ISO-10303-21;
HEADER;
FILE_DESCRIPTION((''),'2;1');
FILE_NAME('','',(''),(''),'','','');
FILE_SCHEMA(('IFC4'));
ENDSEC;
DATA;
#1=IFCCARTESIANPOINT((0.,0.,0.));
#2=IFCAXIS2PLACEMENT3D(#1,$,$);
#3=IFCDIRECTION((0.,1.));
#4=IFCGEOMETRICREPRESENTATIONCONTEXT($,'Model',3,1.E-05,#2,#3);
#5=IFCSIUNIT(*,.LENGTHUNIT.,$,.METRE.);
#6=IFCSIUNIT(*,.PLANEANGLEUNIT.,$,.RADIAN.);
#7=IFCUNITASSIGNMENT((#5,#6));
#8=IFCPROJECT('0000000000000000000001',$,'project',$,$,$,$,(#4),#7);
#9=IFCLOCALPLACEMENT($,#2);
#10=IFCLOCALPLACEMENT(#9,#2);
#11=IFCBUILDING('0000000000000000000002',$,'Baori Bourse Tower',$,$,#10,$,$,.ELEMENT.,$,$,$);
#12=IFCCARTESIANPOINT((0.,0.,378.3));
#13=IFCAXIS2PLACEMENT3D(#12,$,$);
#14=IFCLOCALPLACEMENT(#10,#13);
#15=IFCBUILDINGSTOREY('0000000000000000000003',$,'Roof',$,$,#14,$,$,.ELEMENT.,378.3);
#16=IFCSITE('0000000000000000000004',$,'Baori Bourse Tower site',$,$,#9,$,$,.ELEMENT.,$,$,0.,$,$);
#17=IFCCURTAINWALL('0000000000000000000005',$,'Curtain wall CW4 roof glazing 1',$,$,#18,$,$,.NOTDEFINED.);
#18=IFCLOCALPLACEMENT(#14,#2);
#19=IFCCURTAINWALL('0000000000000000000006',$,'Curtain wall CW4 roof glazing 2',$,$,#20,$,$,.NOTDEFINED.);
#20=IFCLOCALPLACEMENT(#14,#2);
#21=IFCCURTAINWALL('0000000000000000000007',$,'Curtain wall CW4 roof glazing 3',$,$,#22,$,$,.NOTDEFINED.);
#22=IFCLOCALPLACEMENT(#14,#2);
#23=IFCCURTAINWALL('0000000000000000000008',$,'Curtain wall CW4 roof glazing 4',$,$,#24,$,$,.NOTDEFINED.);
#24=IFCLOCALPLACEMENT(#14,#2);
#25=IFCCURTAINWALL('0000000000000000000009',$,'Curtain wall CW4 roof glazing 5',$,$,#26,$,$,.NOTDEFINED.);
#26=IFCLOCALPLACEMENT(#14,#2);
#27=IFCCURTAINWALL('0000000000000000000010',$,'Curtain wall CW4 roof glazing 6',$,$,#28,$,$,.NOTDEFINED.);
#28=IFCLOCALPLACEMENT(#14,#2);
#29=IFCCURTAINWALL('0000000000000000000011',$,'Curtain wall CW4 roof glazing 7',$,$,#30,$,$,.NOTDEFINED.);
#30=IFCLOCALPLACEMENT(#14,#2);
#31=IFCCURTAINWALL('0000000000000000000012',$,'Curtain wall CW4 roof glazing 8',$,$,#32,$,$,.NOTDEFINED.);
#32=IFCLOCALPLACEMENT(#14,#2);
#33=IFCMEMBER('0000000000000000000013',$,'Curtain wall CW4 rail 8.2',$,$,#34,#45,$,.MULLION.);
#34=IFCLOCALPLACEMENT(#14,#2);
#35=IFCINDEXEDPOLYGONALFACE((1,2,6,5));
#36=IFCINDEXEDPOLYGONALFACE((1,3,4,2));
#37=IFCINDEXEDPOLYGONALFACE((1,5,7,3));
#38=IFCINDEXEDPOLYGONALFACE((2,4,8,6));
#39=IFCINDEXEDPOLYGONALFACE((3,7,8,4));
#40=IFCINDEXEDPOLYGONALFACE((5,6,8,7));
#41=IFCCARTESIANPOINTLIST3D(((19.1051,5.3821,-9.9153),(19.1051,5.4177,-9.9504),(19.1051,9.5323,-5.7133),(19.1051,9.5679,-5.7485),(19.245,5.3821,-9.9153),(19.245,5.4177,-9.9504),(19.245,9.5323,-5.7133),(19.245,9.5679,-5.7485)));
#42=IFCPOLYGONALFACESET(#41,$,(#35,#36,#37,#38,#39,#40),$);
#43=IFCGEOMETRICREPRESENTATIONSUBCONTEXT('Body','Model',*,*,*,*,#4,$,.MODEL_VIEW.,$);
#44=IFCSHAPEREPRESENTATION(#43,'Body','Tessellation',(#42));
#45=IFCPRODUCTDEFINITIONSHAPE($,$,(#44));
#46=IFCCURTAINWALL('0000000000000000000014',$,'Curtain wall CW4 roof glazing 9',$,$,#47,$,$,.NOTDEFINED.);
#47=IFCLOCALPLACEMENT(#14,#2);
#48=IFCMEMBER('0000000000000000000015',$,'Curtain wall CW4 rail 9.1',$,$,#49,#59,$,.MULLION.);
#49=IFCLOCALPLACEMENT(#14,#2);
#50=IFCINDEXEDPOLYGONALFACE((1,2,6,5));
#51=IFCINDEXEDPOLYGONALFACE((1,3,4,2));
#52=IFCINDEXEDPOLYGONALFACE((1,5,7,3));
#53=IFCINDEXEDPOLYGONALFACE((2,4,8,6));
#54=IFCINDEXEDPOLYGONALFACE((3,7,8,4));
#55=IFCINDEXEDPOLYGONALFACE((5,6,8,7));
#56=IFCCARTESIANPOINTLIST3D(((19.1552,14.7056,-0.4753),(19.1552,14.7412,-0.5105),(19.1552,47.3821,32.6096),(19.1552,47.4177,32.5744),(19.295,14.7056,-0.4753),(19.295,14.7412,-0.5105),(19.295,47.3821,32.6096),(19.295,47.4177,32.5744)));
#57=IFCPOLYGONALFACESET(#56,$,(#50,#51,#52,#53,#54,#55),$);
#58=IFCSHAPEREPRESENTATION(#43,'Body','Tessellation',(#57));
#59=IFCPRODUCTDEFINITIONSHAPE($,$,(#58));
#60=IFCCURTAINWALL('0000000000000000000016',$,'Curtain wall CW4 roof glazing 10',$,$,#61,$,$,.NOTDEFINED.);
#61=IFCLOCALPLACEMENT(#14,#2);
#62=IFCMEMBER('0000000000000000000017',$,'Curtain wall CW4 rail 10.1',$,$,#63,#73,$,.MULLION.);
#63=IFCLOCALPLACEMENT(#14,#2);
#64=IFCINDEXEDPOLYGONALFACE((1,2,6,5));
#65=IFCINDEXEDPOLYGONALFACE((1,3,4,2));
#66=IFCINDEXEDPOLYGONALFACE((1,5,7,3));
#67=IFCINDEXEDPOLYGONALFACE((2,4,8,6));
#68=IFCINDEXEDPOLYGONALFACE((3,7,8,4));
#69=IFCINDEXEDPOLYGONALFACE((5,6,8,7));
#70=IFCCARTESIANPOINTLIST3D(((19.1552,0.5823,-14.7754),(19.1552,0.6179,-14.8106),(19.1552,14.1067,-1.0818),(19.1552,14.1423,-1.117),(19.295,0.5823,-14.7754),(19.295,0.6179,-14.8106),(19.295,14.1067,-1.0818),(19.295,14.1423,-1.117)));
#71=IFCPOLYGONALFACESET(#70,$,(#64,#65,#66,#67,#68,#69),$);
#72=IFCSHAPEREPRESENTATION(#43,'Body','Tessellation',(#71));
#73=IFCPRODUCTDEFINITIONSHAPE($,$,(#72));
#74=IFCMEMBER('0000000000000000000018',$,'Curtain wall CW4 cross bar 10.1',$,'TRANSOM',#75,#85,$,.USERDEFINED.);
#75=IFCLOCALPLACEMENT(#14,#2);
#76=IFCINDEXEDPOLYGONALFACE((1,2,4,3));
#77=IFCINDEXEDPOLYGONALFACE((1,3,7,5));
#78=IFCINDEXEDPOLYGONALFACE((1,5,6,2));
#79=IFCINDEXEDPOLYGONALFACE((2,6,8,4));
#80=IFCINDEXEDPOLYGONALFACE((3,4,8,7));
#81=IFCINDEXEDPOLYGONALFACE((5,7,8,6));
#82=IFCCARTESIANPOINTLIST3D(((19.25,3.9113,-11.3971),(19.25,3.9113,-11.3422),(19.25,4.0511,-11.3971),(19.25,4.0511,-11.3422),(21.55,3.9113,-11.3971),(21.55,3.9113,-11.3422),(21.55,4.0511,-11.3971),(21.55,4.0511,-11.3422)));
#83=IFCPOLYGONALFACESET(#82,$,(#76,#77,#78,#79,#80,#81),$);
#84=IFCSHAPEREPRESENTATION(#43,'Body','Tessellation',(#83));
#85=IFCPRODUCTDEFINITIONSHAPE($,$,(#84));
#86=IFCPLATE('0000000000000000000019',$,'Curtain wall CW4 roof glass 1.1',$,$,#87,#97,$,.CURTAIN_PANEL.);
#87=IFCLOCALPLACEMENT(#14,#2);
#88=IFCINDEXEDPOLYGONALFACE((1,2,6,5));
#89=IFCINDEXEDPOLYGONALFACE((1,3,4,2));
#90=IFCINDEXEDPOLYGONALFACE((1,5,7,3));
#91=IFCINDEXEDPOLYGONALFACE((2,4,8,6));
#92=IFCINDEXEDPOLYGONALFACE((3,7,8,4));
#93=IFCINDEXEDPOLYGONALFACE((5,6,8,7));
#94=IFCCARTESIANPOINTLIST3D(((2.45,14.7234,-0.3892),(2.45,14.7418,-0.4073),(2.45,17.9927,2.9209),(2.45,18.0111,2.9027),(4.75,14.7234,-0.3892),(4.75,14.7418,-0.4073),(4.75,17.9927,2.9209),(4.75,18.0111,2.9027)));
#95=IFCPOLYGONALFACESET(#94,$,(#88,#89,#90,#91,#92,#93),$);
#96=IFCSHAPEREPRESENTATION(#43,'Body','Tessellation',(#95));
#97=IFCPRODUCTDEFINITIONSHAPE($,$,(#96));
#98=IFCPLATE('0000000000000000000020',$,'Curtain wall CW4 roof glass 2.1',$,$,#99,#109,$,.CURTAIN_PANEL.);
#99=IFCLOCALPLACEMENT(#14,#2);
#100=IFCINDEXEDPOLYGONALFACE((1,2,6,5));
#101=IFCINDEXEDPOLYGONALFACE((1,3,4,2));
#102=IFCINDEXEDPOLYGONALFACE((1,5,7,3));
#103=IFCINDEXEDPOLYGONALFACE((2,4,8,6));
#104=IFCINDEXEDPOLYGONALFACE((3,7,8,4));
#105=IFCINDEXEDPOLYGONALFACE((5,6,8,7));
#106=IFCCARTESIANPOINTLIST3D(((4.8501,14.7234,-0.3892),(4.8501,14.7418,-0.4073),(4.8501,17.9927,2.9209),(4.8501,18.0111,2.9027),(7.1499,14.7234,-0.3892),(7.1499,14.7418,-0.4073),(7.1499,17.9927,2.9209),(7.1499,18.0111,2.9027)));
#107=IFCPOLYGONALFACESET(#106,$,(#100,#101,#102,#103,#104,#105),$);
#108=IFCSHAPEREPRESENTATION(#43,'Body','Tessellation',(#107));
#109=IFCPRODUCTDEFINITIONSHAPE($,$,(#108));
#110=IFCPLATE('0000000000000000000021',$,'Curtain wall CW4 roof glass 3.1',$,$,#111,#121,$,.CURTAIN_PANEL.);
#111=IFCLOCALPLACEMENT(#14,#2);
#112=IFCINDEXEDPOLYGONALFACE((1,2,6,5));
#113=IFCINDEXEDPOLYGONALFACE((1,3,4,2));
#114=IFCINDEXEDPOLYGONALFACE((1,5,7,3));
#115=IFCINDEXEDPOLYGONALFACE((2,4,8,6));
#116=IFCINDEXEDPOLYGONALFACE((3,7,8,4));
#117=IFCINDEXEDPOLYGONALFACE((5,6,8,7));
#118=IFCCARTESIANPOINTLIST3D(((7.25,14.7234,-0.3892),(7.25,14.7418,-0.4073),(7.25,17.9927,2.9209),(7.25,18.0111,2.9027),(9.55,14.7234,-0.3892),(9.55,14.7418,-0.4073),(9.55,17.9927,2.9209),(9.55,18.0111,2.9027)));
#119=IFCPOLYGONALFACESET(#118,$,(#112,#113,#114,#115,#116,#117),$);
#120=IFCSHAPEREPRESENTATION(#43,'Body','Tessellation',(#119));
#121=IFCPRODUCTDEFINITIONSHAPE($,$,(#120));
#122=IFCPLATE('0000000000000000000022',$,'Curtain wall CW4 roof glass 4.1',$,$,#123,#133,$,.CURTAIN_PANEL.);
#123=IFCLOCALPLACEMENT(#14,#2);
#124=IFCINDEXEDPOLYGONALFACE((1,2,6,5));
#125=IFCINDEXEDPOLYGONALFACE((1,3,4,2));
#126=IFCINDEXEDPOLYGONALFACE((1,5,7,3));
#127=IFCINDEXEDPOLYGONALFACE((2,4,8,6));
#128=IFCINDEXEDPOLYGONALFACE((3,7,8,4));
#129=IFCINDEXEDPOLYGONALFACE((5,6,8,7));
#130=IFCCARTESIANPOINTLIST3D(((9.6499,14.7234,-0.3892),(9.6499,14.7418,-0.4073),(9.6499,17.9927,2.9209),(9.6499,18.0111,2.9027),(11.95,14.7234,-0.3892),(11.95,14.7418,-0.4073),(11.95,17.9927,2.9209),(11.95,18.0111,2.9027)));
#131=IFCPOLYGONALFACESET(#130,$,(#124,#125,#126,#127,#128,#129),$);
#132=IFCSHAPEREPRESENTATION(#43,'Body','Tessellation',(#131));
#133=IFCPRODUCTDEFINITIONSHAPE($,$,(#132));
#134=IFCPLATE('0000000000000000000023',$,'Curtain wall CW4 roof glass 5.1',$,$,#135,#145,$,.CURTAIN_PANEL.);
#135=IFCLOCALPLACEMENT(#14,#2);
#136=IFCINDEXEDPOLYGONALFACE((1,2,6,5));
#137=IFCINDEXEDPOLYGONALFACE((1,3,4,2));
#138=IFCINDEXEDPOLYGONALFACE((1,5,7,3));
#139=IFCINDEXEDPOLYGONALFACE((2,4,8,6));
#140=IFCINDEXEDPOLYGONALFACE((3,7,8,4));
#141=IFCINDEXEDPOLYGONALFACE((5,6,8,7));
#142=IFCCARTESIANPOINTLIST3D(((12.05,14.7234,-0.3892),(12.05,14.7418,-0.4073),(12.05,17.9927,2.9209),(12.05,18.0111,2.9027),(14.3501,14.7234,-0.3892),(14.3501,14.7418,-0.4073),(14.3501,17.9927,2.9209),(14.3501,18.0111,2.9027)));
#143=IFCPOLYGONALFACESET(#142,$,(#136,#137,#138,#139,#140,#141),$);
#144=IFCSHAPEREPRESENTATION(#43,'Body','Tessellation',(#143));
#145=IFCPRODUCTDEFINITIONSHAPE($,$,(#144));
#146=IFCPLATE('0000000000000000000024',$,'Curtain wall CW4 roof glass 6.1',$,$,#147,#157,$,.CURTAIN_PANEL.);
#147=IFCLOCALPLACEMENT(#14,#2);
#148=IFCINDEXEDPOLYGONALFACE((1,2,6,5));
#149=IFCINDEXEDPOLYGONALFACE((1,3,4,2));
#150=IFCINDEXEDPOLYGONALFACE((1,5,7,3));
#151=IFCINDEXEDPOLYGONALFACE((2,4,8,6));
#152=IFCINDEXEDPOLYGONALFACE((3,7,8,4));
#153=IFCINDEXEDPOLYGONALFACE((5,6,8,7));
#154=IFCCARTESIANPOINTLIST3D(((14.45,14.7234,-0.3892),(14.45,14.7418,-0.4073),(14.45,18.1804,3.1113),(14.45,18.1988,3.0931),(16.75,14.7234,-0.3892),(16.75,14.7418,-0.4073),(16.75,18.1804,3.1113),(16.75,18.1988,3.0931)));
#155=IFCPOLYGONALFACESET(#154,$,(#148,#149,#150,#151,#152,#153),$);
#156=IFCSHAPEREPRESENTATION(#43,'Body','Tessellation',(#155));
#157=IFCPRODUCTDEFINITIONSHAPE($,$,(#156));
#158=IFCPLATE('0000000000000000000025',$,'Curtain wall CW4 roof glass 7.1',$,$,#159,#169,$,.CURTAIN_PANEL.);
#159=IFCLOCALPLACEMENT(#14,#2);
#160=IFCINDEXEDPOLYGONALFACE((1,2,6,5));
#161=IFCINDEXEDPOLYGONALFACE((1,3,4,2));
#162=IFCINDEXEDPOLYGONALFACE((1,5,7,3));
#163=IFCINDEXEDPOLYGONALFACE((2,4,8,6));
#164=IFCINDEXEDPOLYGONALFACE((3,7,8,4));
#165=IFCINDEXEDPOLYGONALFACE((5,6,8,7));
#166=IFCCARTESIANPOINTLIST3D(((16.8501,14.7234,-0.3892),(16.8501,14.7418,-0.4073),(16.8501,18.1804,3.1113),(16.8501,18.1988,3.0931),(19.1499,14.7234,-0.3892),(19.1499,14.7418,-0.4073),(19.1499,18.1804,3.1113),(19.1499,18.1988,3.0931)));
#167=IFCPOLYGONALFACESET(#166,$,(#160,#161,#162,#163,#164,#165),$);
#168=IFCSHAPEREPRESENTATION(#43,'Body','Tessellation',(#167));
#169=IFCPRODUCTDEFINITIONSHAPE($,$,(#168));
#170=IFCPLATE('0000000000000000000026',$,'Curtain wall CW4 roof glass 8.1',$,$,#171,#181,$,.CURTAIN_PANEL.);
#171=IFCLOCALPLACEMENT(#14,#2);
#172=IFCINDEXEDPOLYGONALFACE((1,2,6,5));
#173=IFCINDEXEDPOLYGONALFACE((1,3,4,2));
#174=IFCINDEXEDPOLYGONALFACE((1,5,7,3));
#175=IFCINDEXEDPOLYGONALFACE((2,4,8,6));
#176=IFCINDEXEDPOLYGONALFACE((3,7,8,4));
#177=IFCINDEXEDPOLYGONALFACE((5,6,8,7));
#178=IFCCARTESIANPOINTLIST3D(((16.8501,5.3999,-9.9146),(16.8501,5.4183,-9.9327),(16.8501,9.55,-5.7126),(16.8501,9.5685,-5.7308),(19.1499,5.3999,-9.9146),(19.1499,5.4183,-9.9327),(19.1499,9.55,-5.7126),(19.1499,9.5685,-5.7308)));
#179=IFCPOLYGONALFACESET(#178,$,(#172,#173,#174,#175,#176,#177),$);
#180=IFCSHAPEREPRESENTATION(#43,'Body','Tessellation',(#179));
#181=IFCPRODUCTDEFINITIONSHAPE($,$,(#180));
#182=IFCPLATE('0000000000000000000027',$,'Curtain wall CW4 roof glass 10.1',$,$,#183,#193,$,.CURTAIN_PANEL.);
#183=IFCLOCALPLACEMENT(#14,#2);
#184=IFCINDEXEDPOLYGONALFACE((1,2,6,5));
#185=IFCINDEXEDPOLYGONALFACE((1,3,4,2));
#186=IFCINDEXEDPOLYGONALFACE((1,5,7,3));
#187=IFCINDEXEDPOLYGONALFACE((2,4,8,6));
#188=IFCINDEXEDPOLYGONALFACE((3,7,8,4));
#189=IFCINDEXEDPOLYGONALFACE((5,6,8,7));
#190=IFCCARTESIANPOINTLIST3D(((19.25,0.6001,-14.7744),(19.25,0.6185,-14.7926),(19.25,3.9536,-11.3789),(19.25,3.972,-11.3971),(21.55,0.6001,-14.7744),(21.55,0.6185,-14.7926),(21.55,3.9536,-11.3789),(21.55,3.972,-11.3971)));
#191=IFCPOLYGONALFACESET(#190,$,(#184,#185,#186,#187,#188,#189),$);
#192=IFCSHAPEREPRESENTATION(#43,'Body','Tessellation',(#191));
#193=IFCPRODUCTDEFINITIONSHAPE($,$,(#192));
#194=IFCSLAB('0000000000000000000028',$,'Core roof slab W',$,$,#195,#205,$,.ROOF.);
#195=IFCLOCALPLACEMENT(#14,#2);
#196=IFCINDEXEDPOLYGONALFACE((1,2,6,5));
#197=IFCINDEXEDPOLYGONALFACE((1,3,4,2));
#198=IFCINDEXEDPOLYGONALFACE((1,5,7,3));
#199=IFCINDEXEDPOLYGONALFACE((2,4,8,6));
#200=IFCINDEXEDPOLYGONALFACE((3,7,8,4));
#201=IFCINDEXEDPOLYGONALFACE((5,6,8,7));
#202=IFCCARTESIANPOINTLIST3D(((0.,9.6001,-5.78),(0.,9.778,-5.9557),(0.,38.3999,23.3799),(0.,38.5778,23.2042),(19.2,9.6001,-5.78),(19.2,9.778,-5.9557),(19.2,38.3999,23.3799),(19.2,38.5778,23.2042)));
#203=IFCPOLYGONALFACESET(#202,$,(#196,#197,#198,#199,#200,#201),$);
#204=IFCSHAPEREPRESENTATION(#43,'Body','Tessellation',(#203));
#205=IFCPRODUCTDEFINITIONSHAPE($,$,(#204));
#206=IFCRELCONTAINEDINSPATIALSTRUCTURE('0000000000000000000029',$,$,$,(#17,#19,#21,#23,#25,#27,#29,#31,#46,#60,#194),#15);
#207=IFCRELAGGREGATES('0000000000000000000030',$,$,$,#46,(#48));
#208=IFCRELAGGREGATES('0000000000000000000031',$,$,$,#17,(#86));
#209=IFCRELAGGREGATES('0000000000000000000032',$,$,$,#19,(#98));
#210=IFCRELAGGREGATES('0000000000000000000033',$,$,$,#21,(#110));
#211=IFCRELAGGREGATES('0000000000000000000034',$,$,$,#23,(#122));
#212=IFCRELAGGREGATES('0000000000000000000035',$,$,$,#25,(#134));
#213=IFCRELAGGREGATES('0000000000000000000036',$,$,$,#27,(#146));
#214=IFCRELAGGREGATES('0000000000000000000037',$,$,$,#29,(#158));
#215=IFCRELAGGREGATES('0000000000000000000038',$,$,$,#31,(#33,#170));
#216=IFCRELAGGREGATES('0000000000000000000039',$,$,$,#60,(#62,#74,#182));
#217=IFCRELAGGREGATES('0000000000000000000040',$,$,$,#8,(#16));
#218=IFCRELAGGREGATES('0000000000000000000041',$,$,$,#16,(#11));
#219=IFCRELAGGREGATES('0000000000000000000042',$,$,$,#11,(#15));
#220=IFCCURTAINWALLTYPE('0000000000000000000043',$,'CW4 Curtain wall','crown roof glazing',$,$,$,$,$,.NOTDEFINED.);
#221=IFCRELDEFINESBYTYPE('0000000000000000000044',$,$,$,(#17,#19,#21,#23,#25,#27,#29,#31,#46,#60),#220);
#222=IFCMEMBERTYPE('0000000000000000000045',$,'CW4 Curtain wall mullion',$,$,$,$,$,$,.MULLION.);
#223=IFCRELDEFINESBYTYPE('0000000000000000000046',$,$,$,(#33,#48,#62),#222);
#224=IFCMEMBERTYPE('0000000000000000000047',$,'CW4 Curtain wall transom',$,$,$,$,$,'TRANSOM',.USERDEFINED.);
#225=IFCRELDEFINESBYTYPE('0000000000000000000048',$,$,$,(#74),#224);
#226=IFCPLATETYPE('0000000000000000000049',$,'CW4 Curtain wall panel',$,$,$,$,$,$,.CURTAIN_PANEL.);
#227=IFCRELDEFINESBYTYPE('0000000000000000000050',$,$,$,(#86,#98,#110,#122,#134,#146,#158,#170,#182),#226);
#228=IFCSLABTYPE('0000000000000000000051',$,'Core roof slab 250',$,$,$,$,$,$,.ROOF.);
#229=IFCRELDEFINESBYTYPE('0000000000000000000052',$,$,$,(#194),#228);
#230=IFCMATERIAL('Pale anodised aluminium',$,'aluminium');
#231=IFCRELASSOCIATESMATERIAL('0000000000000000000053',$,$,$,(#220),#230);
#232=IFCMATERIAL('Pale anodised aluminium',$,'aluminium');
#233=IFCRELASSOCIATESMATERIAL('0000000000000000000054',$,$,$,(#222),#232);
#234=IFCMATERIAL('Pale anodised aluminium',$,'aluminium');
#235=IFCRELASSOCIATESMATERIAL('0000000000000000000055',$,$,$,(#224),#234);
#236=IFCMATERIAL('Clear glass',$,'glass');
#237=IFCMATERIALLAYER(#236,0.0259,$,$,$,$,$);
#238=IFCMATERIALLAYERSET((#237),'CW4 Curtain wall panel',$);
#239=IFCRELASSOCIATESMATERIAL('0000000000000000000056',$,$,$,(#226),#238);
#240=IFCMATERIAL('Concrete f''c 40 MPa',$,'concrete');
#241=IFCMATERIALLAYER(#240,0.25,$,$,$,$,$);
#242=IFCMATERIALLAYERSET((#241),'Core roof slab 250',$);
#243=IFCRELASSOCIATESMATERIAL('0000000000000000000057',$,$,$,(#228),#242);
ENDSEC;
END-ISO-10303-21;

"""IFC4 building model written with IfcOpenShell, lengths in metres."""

from ifc_helpers import new_model, si_unit, direction, frame, origin, origin_2d, place, context, subcontext, project, spatial, polyline, rectangle, outline, extrude, material, layer, layer_set, material_profile, profile_set, type_object, element, aggregate, save


model = new_model("IFC4")

# Units and contexts
model_context = context("Model", 3, precision=1e-05, world=origin(), true_north=direction((0.0, 1.0)))
body_context = subcontext(model_context, "Body", "Model", "MODEL_VIEW")
ifc_project = project(units=[si_unit("LENGTHUNIT", "METRE"), si_unit("PLANEANGLEUNIT", "RADIAN")], contexts=[model_context])

# Site, building, storey
site_placement = place(None, origin())
site = spatial("IfcSite", under=ifc_project, at=site_placement, Name="Baori Bourse Tower site", CompositionType="ELEMENT", RefElevation=0.0)
building_placement = place(site_placement, origin())
building = spatial("IfcBuilding", under=site, at=building_placement, Name="Baori Bourse Tower", CompositionType="ELEMENT")
storey_placement = place(building_placement, frame((0.0, 0.0, 378.3)))
storey = spatial("IfcBuildingStorey", under=building, at=storey_placement, Name="Roof", CompositionType="ELEMENT", Elevation=378.3)

# Curtain walls, member
ifc_material_1 = material(Name="Pale anodised aluminium", Category="aluminium")
curtain_wall_type = type_object("IfcCurtainWallType", Name="CW4 Curtain wall", Description="crown roof glazing", PredefinedType="NOTDEFINED", material=ifc_material_1)
curtain_wall_1_placement = place(storey_placement, origin())
curtain_wall_1 = element("IfcCurtainWall", 1, at=curtain_wall_1_placement, inside=storey, type_object=curtain_wall_type, Name="Curtain wall CW4 roof glazing 1", PredefinedType="NOTDEFINED")
ifc_material_2 = material(Name="Pale anodised aluminium", Category="aluminium")
ifc_material_profile_1 = material_profile(ifc_material_2, rectangle(XDim=0.1399, YDim=0.05, at=origin_2d()), Name="Mullion 50x140")
ifc_profile_set_1 = profile_set([ifc_material_profile_1], Name="Pale anodised aluminium")
member_type_1 = type_object("IfcMemberType", Name="CW4 Curtain wall mullion", PredefinedType="MULLION", material=ifc_profile_set_1)
curtain_wall_2_placement = place(storey_placement, origin())
curtain_wall_2 = element("IfcCurtainWall", 2, at=curtain_wall_2_placement, inside=storey, type_object=curtain_wall_type, Name="Curtain wall CW4 roof glazing 2", PredefinedType="NOTDEFINED")
curtain_wall_3_placement = place(storey_placement, origin())
curtain_wall_3 = element("IfcCurtainWall", 3, at=curtain_wall_3_placement, inside=storey, type_object=curtain_wall_type, Name="Curtain wall CW4 roof glazing 3", PredefinedType="NOTDEFINED")
curtain_wall_4_placement = place(storey_placement, origin())
curtain_wall_4 = element("IfcCurtainWall", 4, at=curtain_wall_4_placement, inside=storey, type_object=curtain_wall_type, Name="Curtain wall CW4 roof glazing 4", PredefinedType="NOTDEFINED")
curtain_wall_5_placement = place(storey_placement, origin())
curtain_wall_5 = element("IfcCurtainWall", 5, at=curtain_wall_5_placement, inside=storey, type_object=curtain_wall_type, Name="Curtain wall CW4 roof glazing 5", PredefinedType="NOTDEFINED")
curtain_wall_6_placement = place(storey_placement, origin())
curtain_wall_6 = element("IfcCurtainWall", 6, at=curtain_wall_6_placement, inside=storey, type_object=curtain_wall_type, Name="Curtain wall CW4 roof glazing 6", PredefinedType="NOTDEFINED")
curtain_wall_7_placement = place(storey_placement, origin())
curtain_wall_7 = element("IfcCurtainWall", 7, at=curtain_wall_7_placement, inside=storey, type_object=curtain_wall_type, Name="Curtain wall CW4 roof glazing 7", PredefinedType="NOTDEFINED")
curtain_wall_8_placement = place(storey_placement, origin())
curtain_wall_8 = element("IfcCurtainWall", 8, at=curtain_wall_8_placement, inside=storey, type_object=curtain_wall_type, Name="Curtain wall CW4 roof glazing 8", PredefinedType="NOTDEFINED")
member_1_placement = place(storey_placement, frame((19.175, 5.3999, -9.9329), z_axis=(0.0, 0.702711, 0.711475), x_axis=(-1.0, 0.0, 0.0)))
member_1 = element("IfcMember", 9, at=member_1_placement, type_object=member_type_1, Name="Curtain wall CW4 rail 8.2", PredefinedType="MULLION", context=body_context, shape_type="SweptSolid", body=[
    extrude(rectangle(XDim=0.1399, YDim=0.05, at=origin_2d()), origin(), (0.0, 0.0, 1.0), 5.906),
])

# Curtain wall, member
curtain_wall_9_placement = place(storey_placement, origin())
curtain_wall_9 = element("IfcCurtainWall", 10, at=curtain_wall_9_placement, inside=storey, type_object=curtain_wall_type, Name="Curtain wall CW4 roof glazing 9", PredefinedType="NOTDEFINED")
member_2_placement = place(storey_placement, frame((19.2251, 14.7234, -0.4929), z_axis=(0.0, 0.702701, 0.711485), x_axis=(-1.0, 0.0, 0.0)))
member_2 = element("IfcMember", 11, at=member_2_placement, type_object=member_type_1, Name="Curtain wall CW4 rail 9.1", PredefinedType="MULLION", context=body_context, shape_type="SweptSolid", body=[
    extrude(rectangle(XDim=0.1399, YDim=0.05, at=origin_2d()), origin(), (0.0, 0.0, 1.0), 46.5012),
])
aggregate(curtain_wall_9, [member_2])

# Curtain wall, members
curtain_wall_10_placement = place(storey_placement, origin())
curtain_wall_10 = element("IfcCurtainWall", 12, at=curtain_wall_10_placement, inside=storey, type_object=curtain_wall_type, Name="Curtain wall CW4 roof glazing 10", PredefinedType="NOTDEFINED")
member_3_placement = place(storey_placement, frame((19.2251, 0.6001, -14.793), z_axis=(0.0, 0.702698, 0.711488), x_axis=(-1.0, 0.0, 0.0)))
member_3 = element("IfcMember", 13, at=member_3_placement, type_object=member_type_1, Name="Curtain wall CW4 rail 10.1", PredefinedType="MULLION", context=body_context, shape_type="SweptSolid", body=[
    extrude(rectangle(XDim=0.1399, YDim=0.05, at=origin_2d()), origin(), (0.0, 0.0, 1.0), 19.2463),
])
ifc_material_3 = material(Name="Pale anodised aluminium", Category="aluminium")
ifc_material_profile_2 = material_profile(ifc_material_3, rectangle(XDim=0.1399, YDim=0.0549, at=origin_2d()), Name="Transom 55x140")
ifc_profile_set_2 = profile_set([ifc_material_profile_2], Name="Pale anodised aluminium")
member_type_2 = type_object("IfcMemberType", Name="CW4 Curtain wall transom", ElementType="TRANSOM", PredefinedType="USERDEFINED", material=ifc_profile_set_2)
member_4_placement = place(storey_placement, frame((19.25, 3.9812, -11.3696), z_axis=(1.0, 0.0, 0.0), x_axis=(0.0, 1.0, 0.0)))
member_4 = element("IfcMember", 14, at=member_4_placement, type_object=member_type_2, Name="Curtain wall CW4 cross bar 10.1", ObjectType="TRANSOM", PredefinedType="USERDEFINED", context=body_context, shape_type="SweptSolid", body=[
    extrude(rectangle(XDim=0.1399, YDim=0.0549, at=origin_2d()), origin(), (0.0, 0.0, 1.0), 2.3),
])

# Plates
ifc_material_4 = material(Name="Clear glass", Category="glass")
ifc_layer_1 = layer(ifc_material_4, 0.0259)
ifc_layer_set_1 = layer_set([ifc_layer_1], Name="CW4 Curtain wall panel")
plate_type = type_object("IfcPlateType", Name="CW4 Curtain wall panel", PredefinedType="CURTAIN_PANEL", material=ifc_layer_set_1)
plate_1_placement = place(storey_placement, frame((2.45, 14.7234, -0.3892), z_axis=(0.0, -0.711475, 0.702711), x_axis=(1.0, 0.0, 0.0)))
plate_1 = element("IfcPlate", 15, at=plate_1_placement, type_object=plate_type, Name="Curtain wall CW4 roof glass 1.1", PredefinedType="CURTAIN_PANEL", context=body_context, shape_type="SweptSolid", body=[
    extrude(outline(polyline([(0.0, 0.0), (2.3, 0.0), (2.3, 4.6524), (0.0, 4.6524), (0.0, 0.0)])), origin(), (0.0, 0.0, -1.0), 0.0259),
])
aggregate(curtain_wall_1, [plate_1])
plate_2_placement = place(storey_placement, frame((4.8501, 14.7234, -0.3892), z_axis=(0.0, -0.711475, 0.702711), x_axis=(1.0, 0.0, 0.0)))
plate_2 = element("IfcPlate", 16, at=plate_2_placement, type_object=plate_type, Name="Curtain wall CW4 roof glass 2.1", PredefinedType="CURTAIN_PANEL", context=body_context, shape_type="SweptSolid", body=[
    extrude(outline(polyline([(0.0, 0.0), (2.2998, 0.0), (2.2998, 4.6524), (0.0, 4.6524), (0.0, 0.0)])), origin(), (0.0, 0.0, -1.0), 0.0259),
])
aggregate(curtain_wall_2, [plate_2])
plate_3_placement = place(storey_placement, frame((7.25, 14.7234, -0.3892), z_axis=(0.0, -0.711475, 0.702711), x_axis=(1.0, 0.0, 0.0)))
plate_3 = element("IfcPlate", 17, at=plate_3_placement, type_object=plate_type, Name="Curtain wall CW4 roof glass 3.1", PredefinedType="CURTAIN_PANEL", context=body_context, shape_type="SweptSolid", body=[
    extrude(outline(polyline([(0.0, 0.0), (2.3, 0.0), (2.3, 4.6524), (0.0, 4.6524), (0.0, 0.0)])), origin(), (0.0, 0.0, -1.0), 0.0259),
])
aggregate(curtain_wall_3, [plate_3])
plate_4_placement = place(storey_placement, frame((9.6499, 14.7234, -0.3892), z_axis=(0.0, -0.711475, 0.702711), x_axis=(1.0, 0.0, 0.0)))
plate_4 = element("IfcPlate", 18, at=plate_4_placement, type_object=plate_type, Name="Curtain wall CW4 roof glass 4.1", PredefinedType="CURTAIN_PANEL", context=body_context, shape_type="SweptSolid", body=[
    extrude(outline(polyline([(0.0, 0.0), (2.3, 0.0), (2.3, 4.6524), (0.0, 4.6524), (0.0, 0.0)])), origin(), (0.0, 0.0, -1.0), 0.0259),
])
aggregate(curtain_wall_4, [plate_4])
plate_5_placement = place(storey_placement, frame((12.05, 14.7234, -0.3892), z_axis=(0.0, -0.711475, 0.702711), x_axis=(1.0, 0.0, 0.0)))
plate_5 = element("IfcPlate", 19, at=plate_5_placement, type_object=plate_type, Name="Curtain wall CW4 roof glass 5.1", PredefinedType="CURTAIN_PANEL", context=body_context, shape_type="SweptSolid", body=[
    extrude(outline(polyline([(0.0, 0.0), (2.3, 0.0), (2.3, 4.6524), (0.0, 4.6524), (0.0, 0.0)])), origin(), (0.0, 0.0, -1.0), 0.0259),
])
aggregate(curtain_wall_5, [plate_5])
plate_6_placement = place(storey_placement, frame((14.45, 14.7234, -0.3892), z_axis=(0.0, -0.71151, 0.702676), x_axis=(1.0, 0.0, 0.0)))
plate_6 = element("IfcPlate", 20, at=plate_6_placement, type_object=plate_type, Name="Curtain wall CW4 roof glass 6.1", PredefinedType="CURTAIN_PANEL", context=body_context, shape_type="SweptSolid", body=[
    extrude(outline(polyline([(0.0, 0.0), (2.3, 0.0), (2.3, 4.9198), (0.0, 4.9198), (0.0, 0.0)])), origin(), (0.0, 0.0, -1.0), 0.0259),
])
aggregate(curtain_wall_6, [plate_6])
plate_7_placement = place(storey_placement, frame((16.8501, 14.7234, -0.3892), z_axis=(0.0, -0.71151, 0.702676), x_axis=(1.0, 0.0, 0.0)))
plate_7 = element("IfcPlate", 21, at=plate_7_placement, type_object=plate_type, Name="Curtain wall CW4 roof glass 7.1", PredefinedType="CURTAIN_PANEL", context=body_context, shape_type="SweptSolid", body=[
    extrude(outline(polyline([(0.0, 0.0), (2.2998, 0.0), (2.2998, 4.9198), (0.0, 4.9198), (0.0, 0.0)])), origin(), (0.0, 0.0, -1.0), 0.0259),
])
aggregate(curtain_wall_7, [plate_7])
plate_8_placement = place(storey_placement, frame((16.8501, 5.3999, -9.9146), z_axis=(0.0, -0.711475, 0.702711), x_axis=(1.0, 0.0, 0.0)))
plate_8 = element("IfcPlate", 22, at=plate_8_placement, type_object=plate_type, Name="Curtain wall CW4 roof glass 8.1", PredefinedType="CURTAIN_PANEL", context=body_context, shape_type="SweptSolid", body=[
    extrude(outline(polyline([(0.0, 0.0), (2.2998, 0.0), (2.2998, 5.9059), (0.0, 5.9059), (0.0, 0.0)])), origin(), (0.0, 0.0, -1.0), 0.0259),
])
aggregate(curtain_wall_8, [member_1, plate_8])
plate_9_placement = place(storey_placement, frame((19.25, 0.6001, -14.7744), z_axis=(0.0, -0.711493, 0.702694), x_axis=(1.0, 0.0, 0.0)))
plate_9 = element("IfcPlate", 23, at=plate_9_placement, type_object=plate_type, Name="Curtain wall CW4 roof glass 10.1", PredefinedType="CURTAIN_PANEL", context=body_context, shape_type="SweptSolid", body=[
    extrude(outline(polyline([(0.0, 0.0), (2.3, 0.0), (2.3, 4.7724), (0.0, 4.7724), (0.0, 0.0)])), origin(), (0.0, 0.0, -1.0), 0.0259),
])
aggregate(curtain_wall_10, [member_3, member_4, plate_9])

# Slab
ifc_material_5 = material(Name="Concrete f'c 40 MPa", Category="concrete")
ifc_layer_2 = layer(ifc_material_5, 0.25)
ifc_layer_set_2 = layer_set([ifc_layer_2], Name="Core roof slab 250")
slab_type = type_object("IfcSlabType", Name="Core roof slab 250", PredefinedType="ROOF", material=ifc_layer_set_2)
slab_placement = place(storey_placement, frame((0.0, 9.6001, -5.78), z_axis=(0.0, -0.711486, 0.7027), x_axis=(1.0, 0.0, 0.0)))
element("IfcSlab", 24, at=slab_placement, inside=storey, type_object=slab_type, Name="Core roof slab W", PredefinedType="ROOF", context=body_context, shape_type="SweptSolid", body=[
    extrude(outline(polyline([(0.0, 0.0), (19.2, 0.0), (19.2, 40.9845), (0.0, 40.9845), (0.0, 0.0)])), origin(), (0.0, 0.0, -1.0), 0.25),
])

save(model, "model.ifc")
